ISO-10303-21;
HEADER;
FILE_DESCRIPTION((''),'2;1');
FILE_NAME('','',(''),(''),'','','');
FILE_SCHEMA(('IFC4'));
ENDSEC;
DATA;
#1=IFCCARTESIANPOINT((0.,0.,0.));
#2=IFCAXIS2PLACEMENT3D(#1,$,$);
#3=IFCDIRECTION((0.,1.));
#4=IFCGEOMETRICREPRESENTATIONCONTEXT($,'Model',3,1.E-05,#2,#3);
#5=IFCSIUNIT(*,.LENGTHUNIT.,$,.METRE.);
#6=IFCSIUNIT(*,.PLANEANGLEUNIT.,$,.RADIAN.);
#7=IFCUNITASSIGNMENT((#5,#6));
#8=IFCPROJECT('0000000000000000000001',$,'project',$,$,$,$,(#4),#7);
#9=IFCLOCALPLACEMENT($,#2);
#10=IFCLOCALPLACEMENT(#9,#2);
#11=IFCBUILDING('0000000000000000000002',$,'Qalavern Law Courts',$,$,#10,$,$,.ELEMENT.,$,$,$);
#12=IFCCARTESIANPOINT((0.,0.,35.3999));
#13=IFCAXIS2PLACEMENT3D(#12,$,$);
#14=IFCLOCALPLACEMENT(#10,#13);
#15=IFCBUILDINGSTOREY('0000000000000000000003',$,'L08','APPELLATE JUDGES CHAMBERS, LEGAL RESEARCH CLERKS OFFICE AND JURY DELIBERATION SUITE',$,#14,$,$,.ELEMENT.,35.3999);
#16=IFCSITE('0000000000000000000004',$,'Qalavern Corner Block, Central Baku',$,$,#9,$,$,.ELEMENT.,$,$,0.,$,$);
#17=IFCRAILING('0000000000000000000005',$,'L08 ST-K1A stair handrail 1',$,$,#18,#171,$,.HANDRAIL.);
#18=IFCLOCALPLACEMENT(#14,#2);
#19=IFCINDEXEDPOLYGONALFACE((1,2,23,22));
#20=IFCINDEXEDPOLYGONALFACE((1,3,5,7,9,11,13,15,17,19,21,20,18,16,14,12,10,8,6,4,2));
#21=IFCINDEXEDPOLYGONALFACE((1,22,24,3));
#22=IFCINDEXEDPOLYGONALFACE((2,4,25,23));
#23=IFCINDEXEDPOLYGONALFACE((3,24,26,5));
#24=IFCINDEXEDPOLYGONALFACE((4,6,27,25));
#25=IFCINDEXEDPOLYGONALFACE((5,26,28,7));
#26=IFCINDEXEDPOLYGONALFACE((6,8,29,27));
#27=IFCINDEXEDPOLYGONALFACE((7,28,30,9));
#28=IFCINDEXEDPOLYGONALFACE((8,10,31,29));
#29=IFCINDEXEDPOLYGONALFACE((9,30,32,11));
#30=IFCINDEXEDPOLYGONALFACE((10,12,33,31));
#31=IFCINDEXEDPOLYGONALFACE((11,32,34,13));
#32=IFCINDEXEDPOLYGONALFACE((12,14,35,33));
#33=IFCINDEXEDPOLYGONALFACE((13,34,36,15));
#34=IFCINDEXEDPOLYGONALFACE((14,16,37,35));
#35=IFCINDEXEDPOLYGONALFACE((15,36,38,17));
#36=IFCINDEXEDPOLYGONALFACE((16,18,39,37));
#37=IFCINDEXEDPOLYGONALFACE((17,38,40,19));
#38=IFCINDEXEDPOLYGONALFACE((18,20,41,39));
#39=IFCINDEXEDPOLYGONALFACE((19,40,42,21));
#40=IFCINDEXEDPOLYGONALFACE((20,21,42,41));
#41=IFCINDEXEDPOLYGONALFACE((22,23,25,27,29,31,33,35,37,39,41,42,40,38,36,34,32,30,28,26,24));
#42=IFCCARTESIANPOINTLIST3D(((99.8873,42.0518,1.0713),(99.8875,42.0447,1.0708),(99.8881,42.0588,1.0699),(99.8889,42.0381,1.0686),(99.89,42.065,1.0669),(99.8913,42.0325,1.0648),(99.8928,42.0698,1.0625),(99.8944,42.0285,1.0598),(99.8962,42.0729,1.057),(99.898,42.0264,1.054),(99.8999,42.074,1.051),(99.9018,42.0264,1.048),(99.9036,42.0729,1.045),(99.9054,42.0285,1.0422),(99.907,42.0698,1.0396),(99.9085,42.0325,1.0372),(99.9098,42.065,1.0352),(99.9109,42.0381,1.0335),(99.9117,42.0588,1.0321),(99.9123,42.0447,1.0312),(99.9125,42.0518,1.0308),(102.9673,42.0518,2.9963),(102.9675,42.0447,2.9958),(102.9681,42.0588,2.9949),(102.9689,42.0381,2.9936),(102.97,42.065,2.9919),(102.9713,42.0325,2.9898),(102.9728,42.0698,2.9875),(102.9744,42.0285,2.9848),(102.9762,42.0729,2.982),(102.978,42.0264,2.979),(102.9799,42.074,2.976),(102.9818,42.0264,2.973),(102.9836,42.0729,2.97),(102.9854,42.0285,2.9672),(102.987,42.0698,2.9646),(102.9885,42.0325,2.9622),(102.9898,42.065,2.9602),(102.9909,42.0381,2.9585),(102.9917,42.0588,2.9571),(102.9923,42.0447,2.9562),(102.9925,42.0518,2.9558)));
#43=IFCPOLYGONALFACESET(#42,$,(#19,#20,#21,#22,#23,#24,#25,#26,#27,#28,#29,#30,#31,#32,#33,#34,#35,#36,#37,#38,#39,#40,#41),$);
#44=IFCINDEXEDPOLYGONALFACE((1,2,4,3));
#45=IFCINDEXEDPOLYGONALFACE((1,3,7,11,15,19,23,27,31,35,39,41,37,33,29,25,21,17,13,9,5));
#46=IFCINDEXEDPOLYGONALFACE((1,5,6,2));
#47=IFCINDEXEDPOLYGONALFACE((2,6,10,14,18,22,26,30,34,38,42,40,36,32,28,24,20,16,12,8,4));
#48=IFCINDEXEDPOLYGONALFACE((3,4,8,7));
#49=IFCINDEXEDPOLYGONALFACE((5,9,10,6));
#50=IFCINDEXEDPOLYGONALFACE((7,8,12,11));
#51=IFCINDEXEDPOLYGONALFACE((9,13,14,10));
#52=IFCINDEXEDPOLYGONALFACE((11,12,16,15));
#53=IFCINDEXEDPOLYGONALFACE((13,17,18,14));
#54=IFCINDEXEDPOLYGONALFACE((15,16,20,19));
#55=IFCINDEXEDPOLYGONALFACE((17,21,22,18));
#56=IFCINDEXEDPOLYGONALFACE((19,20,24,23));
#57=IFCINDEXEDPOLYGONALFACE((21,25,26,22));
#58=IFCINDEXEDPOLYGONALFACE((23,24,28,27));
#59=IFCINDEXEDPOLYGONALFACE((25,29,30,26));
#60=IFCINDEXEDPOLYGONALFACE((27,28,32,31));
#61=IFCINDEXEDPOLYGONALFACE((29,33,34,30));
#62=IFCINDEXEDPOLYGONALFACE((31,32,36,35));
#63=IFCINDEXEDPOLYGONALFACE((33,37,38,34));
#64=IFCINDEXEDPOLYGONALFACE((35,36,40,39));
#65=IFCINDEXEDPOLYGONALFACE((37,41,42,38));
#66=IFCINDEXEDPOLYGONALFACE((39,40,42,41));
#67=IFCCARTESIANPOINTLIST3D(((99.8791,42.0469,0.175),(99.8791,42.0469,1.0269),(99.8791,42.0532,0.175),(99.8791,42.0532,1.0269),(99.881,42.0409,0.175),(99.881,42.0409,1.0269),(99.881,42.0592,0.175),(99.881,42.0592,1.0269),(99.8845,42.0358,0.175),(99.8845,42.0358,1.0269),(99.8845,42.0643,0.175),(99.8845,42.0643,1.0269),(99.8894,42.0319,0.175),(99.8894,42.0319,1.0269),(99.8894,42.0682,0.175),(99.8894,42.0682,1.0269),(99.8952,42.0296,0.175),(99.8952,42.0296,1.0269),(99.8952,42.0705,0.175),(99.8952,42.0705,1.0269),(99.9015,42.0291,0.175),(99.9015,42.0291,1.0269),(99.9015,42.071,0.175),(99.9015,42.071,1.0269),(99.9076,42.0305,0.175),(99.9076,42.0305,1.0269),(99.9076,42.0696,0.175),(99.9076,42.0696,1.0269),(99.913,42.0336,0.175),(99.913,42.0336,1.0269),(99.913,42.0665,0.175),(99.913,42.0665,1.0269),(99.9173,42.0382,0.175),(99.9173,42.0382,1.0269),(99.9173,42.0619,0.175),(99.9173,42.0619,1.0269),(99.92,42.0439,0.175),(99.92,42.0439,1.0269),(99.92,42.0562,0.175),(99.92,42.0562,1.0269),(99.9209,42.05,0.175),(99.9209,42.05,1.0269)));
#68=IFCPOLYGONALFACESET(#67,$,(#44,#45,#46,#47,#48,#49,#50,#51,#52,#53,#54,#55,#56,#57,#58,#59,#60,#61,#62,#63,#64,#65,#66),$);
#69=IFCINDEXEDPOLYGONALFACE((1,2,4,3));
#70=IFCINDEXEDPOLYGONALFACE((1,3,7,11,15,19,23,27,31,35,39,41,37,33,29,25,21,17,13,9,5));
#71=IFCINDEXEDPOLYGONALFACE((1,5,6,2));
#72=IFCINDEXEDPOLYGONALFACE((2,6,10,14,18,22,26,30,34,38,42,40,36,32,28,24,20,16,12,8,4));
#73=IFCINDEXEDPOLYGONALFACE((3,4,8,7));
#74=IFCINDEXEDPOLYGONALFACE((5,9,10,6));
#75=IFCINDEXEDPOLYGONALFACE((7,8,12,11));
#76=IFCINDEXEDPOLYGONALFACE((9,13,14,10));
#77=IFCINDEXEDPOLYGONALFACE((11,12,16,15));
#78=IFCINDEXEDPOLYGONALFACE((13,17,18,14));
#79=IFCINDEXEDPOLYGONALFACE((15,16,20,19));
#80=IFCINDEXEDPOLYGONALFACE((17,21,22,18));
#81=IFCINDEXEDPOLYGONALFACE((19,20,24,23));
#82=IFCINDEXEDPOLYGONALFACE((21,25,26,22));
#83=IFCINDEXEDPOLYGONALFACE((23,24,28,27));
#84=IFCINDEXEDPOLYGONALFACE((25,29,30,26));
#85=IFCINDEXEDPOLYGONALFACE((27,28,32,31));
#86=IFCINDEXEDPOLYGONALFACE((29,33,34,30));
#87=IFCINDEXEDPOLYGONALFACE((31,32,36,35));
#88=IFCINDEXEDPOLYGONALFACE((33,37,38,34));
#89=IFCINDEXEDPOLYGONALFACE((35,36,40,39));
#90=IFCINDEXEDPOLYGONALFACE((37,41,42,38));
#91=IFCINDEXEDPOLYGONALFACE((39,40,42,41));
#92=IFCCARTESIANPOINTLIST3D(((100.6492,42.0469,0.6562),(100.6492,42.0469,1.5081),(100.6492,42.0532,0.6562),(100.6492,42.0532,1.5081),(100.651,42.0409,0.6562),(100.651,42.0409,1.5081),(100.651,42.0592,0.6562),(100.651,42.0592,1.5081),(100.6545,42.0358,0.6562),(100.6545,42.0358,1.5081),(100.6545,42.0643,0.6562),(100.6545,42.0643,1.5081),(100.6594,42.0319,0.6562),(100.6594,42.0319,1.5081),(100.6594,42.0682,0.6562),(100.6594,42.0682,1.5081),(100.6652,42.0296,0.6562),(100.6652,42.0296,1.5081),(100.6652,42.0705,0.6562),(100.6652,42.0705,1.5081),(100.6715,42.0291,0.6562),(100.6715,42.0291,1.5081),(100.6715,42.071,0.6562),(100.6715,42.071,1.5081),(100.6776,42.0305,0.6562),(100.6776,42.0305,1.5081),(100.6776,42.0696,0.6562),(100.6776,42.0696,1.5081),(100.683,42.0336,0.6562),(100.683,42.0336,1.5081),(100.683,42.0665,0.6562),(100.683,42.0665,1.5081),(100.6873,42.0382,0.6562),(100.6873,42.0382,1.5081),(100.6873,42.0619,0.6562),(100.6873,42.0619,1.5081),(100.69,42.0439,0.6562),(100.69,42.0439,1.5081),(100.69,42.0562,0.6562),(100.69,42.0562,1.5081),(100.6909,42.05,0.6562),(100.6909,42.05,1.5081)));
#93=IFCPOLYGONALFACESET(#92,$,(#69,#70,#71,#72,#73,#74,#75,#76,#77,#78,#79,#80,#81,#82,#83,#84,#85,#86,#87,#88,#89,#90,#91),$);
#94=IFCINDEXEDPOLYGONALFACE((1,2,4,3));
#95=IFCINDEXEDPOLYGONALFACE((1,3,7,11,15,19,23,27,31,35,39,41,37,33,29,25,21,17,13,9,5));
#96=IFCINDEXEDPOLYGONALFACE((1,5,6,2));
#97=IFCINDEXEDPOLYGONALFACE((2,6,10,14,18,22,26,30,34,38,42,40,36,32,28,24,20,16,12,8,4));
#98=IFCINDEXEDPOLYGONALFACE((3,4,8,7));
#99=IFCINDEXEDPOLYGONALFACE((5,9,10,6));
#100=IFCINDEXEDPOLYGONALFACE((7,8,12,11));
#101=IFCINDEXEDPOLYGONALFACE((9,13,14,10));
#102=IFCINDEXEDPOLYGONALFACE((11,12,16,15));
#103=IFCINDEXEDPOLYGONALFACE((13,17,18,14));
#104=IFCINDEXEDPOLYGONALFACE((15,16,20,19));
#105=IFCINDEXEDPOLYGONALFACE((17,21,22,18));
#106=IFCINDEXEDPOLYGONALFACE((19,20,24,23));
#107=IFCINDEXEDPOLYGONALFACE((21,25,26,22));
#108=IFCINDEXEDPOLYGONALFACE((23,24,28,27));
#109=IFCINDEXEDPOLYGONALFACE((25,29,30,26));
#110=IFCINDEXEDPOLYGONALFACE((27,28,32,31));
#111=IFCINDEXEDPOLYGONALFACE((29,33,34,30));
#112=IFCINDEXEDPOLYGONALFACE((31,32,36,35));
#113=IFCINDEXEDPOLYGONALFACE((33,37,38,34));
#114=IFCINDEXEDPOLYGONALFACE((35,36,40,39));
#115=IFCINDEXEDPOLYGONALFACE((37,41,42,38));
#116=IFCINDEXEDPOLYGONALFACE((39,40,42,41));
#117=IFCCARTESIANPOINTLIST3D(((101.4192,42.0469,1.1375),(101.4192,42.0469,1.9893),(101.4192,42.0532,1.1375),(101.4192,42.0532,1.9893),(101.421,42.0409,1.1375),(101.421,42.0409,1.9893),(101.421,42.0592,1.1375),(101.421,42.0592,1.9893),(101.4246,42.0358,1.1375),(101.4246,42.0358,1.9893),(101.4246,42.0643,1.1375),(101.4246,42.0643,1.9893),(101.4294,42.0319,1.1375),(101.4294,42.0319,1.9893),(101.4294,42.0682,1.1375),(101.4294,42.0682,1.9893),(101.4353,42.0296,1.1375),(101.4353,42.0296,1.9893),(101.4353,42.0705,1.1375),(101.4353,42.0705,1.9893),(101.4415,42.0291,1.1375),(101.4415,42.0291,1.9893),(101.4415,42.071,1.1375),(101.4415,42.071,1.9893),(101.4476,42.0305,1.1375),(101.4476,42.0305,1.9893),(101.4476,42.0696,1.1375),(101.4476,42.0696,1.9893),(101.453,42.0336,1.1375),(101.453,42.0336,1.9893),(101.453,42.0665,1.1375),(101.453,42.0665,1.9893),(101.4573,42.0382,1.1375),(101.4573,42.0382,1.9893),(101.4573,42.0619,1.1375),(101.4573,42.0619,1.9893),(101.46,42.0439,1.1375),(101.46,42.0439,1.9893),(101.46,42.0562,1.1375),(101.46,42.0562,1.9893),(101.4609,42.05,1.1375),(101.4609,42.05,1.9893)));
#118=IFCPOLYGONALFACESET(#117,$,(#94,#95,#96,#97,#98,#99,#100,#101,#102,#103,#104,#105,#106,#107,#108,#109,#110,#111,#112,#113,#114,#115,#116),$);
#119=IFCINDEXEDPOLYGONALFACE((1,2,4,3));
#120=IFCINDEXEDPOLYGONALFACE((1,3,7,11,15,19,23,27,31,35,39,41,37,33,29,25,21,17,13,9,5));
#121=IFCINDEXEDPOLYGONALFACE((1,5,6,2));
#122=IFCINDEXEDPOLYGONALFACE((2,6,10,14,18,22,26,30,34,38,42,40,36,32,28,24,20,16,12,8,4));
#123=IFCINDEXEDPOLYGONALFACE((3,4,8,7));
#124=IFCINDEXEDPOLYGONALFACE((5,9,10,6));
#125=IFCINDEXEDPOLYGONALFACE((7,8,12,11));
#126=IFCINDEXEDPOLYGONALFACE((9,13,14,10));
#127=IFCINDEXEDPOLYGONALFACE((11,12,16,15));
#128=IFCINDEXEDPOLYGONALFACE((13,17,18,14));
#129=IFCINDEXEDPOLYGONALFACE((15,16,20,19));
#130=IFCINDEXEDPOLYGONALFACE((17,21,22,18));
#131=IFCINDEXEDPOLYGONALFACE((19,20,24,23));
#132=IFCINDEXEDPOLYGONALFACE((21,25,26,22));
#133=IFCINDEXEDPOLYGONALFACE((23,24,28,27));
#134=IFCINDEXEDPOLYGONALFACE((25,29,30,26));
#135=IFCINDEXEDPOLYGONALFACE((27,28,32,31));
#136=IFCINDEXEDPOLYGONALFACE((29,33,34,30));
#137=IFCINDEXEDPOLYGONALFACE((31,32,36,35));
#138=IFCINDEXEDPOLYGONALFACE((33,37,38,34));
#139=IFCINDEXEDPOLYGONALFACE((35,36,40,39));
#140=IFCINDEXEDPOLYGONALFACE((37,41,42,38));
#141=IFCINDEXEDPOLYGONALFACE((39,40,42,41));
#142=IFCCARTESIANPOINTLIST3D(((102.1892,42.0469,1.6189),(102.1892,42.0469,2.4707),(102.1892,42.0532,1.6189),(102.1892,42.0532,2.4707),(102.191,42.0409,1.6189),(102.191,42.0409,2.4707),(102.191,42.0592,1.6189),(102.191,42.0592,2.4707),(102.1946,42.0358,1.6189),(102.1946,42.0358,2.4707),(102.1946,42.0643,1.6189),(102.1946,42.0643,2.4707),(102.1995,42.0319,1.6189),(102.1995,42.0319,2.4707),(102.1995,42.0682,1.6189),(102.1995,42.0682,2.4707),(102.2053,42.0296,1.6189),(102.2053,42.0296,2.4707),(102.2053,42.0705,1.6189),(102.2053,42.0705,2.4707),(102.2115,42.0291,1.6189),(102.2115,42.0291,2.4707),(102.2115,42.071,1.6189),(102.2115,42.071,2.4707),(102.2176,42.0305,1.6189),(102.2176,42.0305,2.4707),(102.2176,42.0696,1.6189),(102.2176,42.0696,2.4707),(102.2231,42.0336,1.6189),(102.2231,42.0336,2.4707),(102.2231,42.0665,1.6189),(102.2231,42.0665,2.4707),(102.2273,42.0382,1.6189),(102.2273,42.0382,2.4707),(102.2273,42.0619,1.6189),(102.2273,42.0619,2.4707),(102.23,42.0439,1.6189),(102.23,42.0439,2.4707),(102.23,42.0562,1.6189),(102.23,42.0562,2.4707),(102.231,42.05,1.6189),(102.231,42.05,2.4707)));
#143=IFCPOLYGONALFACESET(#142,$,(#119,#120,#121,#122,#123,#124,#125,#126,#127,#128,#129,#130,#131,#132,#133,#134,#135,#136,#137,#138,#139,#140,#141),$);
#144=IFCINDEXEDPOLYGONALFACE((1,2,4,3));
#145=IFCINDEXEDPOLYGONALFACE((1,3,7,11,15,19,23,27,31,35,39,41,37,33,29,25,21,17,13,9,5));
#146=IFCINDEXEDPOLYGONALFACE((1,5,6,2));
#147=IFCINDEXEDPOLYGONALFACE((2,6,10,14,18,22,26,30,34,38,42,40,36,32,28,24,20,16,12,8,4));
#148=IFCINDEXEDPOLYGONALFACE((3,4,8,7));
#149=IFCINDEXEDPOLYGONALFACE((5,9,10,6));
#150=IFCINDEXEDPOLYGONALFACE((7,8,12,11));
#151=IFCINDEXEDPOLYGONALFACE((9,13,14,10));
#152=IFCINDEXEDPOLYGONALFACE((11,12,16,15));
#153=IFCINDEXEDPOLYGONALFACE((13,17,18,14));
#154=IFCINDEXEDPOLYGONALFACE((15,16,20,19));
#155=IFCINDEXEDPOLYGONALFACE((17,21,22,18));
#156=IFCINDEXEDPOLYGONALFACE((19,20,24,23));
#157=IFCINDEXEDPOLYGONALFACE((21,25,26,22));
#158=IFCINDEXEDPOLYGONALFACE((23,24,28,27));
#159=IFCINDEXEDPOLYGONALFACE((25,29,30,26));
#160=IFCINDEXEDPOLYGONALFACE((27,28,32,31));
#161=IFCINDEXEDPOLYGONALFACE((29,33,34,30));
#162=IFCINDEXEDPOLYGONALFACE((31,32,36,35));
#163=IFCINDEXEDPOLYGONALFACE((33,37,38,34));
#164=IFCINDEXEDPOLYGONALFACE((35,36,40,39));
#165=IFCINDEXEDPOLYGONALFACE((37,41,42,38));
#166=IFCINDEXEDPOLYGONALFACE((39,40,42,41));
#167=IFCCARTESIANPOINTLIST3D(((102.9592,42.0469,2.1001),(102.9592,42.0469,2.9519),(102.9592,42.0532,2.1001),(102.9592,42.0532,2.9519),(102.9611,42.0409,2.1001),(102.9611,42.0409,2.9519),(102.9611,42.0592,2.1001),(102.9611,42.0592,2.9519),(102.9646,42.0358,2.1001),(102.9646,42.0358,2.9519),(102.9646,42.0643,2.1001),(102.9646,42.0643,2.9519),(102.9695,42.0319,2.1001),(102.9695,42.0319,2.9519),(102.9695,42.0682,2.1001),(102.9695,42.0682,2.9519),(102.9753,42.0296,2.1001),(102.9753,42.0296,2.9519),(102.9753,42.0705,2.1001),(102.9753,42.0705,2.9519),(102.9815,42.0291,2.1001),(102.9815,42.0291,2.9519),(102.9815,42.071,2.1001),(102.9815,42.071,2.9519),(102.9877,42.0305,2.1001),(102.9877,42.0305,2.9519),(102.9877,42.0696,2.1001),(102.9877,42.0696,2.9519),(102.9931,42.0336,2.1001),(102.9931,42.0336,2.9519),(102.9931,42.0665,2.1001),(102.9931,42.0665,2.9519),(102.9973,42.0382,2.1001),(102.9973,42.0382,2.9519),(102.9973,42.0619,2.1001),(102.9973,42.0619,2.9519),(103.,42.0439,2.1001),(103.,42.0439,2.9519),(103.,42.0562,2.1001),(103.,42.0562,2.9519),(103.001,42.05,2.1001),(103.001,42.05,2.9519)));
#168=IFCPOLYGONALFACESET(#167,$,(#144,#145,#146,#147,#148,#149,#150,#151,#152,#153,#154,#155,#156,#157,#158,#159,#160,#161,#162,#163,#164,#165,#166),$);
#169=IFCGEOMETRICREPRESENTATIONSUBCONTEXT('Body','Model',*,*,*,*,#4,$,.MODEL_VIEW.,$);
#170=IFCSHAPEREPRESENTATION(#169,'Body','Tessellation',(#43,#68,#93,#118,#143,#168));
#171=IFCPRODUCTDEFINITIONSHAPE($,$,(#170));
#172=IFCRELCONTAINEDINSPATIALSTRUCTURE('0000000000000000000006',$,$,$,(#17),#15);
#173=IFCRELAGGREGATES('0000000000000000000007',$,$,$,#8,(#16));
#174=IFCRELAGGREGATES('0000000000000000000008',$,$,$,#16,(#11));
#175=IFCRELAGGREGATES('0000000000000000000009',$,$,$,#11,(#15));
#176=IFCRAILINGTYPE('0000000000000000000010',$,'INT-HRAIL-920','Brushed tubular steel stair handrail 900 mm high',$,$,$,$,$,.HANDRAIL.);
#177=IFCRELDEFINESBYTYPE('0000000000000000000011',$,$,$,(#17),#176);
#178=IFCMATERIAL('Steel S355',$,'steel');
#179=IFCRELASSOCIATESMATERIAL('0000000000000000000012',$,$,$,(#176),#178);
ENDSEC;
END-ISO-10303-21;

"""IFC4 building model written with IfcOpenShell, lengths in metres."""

from ifc_helpers import new_model, si_unit, direction, frame, origin, origin_2d, place, context, subcontext, project, spatial, circle, extrude, material, type_object, element, save


model = new_model("IFC4")

# Units and contexts
model_context = context("Model", 3, precision=1e-05, world=origin(), true_north=direction((0.0, 1.0)))
body_context = subcontext(model_context, "Body", "Model", "MODEL_VIEW")
ifc_project = project(units=[si_unit("LENGTHUNIT", "METRE"), si_unit("PLANEANGLEUNIT", "RADIAN")], contexts=[model_context])

# Site, building, storey
site_placement = place(None, origin())
site = spatial("IfcSite", under=ifc_project, at=site_placement, Name="Qalavern Corner Block, Central Baku", CompositionType="ELEMENT", RefElevation=0.0)
building_placement = place(site_placement, origin())
building = spatial("IfcBuilding", under=site, at=building_placement, Name="Qalavern Law Courts", CompositionType="ELEMENT")
storey_placement = place(building_placement, frame((0.0, 0.0, 35.3999)))
storey = spatial("IfcBuildingStorey", under=building, at=storey_placement, Name="L08", Description="APPELLATE JUDGES CHAMBERS, LEGAL RESEARCH CLERKS OFFICE AND JURY DELIBERATION SUITE", CompositionType="ELEMENT", Elevation=35.3999)

# Railing
ifc_material_1 = material(Name="Steel S355", Category="steel")
railing_type_1 = type_object("IfcRailingType", Name="INT-HRAIL-920", Description="Brushed tubular steel stair handrail 900 mm high", PredefinedType="HANDRAIL", material=ifc_material_1)
railing_1_placement = place(storey_placement, frame((99.8999, 42.05, 0.175)))
element("IfcRailing", 1, at=railing_1_placement, inside=storey, type_object=railing_type_1, Name="L08 ST-K1A stair handrail 1", PredefinedType="HANDRAIL", context=body_context, shape_type="SweptSolid", body=[
    extrude(circle(Radius=0.0239, at=origin_2d()), frame((0.0, 0.0, 0.876), z_axis=(0.847998, 0.0, 0.529999), x_axis=(0.0, 1.0, 0.0)), (0.0, 0.0, 1.0), 3.6321),
    extrude(circle(Radius=0.021, at=origin_2d()), origin(), (0.0, 0.0, 1.0), 0.8518),
    extrude(circle(Radius=0.021, at=origin_2d()), frame((0.77, 0.0, 0.4812)), (0.0, 0.0, 1.0), 0.8518),
    extrude(circle(Radius=0.021, at=origin_2d()), frame((1.54, 0.0, 0.9624)), (0.0, 0.0, 1.0), 0.8518),
    extrude(circle(Radius=0.021, at=origin_2d()), frame((2.3101, 0.0, 1.4438)), (0.0, 0.0, 1.0), 0.8518),
    extrude(circle(Radius=0.021, at=origin_2d()), frame((3.0801, 0.0, 1.925)), (0.0, 0.0, 1.0), 0.8518),
])

save(model, "model.ifc")
